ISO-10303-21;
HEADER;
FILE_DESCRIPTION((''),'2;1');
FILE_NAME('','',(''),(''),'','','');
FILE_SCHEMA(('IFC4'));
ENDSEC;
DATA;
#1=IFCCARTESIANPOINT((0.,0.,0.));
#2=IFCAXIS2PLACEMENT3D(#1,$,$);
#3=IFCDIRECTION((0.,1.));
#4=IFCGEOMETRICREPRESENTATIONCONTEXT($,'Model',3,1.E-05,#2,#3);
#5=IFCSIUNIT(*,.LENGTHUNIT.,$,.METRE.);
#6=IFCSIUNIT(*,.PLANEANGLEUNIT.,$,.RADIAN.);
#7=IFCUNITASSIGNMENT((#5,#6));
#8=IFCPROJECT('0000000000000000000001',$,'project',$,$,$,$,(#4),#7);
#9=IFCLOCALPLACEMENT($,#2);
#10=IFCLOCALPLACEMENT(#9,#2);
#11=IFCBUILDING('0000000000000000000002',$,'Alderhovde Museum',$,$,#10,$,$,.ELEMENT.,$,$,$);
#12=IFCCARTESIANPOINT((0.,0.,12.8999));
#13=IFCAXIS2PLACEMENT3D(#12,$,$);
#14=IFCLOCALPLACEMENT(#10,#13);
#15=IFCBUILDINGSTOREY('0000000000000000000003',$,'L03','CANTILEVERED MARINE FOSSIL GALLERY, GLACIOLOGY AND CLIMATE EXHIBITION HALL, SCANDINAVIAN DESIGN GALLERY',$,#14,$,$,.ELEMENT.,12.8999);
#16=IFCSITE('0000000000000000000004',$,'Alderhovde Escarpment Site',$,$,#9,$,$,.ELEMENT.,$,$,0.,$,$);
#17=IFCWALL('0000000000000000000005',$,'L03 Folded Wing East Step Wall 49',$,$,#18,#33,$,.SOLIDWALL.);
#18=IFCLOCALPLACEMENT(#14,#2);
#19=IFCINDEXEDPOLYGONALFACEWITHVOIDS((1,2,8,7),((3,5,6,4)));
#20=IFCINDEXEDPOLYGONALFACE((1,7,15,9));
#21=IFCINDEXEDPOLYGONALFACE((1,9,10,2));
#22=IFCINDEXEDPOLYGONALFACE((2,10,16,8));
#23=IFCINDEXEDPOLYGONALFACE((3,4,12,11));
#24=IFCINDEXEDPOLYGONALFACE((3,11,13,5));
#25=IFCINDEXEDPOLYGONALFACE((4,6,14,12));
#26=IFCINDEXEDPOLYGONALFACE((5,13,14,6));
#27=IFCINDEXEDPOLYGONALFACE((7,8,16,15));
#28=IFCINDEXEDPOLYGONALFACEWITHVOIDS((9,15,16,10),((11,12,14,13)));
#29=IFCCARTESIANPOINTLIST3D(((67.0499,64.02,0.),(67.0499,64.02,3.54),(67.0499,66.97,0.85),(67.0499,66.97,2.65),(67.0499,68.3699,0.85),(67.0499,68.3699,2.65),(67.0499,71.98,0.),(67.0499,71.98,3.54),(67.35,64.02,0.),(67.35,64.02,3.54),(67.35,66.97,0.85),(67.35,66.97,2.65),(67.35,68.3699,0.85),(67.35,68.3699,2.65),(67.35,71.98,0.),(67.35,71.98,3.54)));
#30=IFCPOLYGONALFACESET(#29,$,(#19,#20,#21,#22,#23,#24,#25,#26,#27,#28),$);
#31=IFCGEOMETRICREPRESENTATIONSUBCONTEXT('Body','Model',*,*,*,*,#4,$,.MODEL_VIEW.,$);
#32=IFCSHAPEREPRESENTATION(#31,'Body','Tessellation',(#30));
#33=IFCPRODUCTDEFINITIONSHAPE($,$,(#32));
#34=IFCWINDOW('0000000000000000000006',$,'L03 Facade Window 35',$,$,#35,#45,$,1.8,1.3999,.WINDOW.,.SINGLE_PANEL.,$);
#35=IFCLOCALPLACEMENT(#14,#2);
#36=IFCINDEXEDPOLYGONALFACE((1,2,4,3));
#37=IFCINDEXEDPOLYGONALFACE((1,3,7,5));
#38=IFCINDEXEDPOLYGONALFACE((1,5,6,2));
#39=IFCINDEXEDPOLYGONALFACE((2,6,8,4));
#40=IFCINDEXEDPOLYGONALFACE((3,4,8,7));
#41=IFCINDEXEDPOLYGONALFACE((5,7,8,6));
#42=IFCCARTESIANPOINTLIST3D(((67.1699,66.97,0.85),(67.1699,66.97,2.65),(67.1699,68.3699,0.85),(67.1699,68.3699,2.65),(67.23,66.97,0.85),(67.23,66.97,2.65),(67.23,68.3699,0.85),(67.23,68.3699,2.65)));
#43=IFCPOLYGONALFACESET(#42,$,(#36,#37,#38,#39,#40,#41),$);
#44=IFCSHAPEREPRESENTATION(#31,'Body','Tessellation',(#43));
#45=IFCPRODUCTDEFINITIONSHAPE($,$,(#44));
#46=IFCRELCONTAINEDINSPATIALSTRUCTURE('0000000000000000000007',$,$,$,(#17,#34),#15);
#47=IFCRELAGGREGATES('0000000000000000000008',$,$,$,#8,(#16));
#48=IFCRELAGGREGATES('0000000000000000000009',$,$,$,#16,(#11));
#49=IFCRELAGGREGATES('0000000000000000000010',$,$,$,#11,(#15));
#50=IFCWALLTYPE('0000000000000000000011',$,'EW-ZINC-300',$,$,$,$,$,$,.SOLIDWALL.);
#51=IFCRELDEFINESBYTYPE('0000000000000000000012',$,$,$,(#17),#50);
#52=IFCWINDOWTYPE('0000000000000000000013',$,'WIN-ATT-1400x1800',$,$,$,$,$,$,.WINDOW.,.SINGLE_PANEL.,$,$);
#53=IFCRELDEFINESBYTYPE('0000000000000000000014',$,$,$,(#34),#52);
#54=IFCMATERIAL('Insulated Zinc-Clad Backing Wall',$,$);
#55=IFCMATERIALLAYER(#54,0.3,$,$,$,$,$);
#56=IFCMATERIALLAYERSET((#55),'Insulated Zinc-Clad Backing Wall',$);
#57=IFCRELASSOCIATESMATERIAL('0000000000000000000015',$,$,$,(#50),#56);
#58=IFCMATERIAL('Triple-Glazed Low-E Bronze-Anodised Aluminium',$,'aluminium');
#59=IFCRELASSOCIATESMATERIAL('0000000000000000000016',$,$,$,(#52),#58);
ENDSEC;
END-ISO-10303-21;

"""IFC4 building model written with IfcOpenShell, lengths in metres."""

from ifc_helpers import new_model, si_unit, direction, frame, frame_2d, origin, place, context, subcontext, project, spatial, rectangle, extrude, material, layer, layer_set, type_object, element, fill, save


model = new_model("IFC4")

# Units and contexts
model_context = context("Model", 3, precision=1e-05, world=origin(), true_north=direction((0.0, 1.0)))
body_context = subcontext(model_context, "Body", "Model", "MODEL_VIEW")
ifc_project = project(units=[si_unit("LENGTHUNIT", "METRE"), si_unit("PLANEANGLEUNIT", "RADIAN")], contexts=[model_context])

# Site, building, storey
site_placement = place(None, origin())
site = spatial("IfcSite", under=ifc_project, at=site_placement, Name="Alderhovde Escarpment Site", CompositionType="ELEMENT", RefElevation=0.0)
building_placement = place(site_placement, origin())
building = spatial("IfcBuilding", under=site, at=building_placement, Name="Alderhovde Museum", CompositionType="ELEMENT")
storey_placement = place(building_placement, frame((0.0, 0.0, 12.8999)))
storey = spatial("IfcBuildingStorey", under=building, at=storey_placement, Name="L03", Description="CANTILEVERED MARINE FOSSIL GALLERY, GLACIOLOGY AND CLIMATE EXHIBITION HALL, SCANDINAVIAN DESIGN GALLERY", CompositionType="ELEMENT", Elevation=12.8999)

# Wall, opening, window
ifc_material_1 = material(Name="Insulated Zinc-Clad Backing Wall")
ifc_layer = layer(ifc_material_1, 0.3)
ifc_layer_set = layer_set([ifc_layer], Name="Insulated Zinc-Clad Backing Wall")
wall_type = type_object("IfcWallType", Name="EW-ZINC-300", PredefinedType="SOLIDWALL", material=ifc_layer_set)
ifc_material_2 = material(Name="Triple-Glazed Low-E Bronze-Anodised Aluminium", Category="aluminium")
window_type = type_object("IfcWindowType", Name="WIN-ATT-1400x1800", PartitioningType="SINGLE_PANEL", PredefinedType="WINDOW", material=ifc_material_2)
wall_1_placement = place(storey_placement, frame((67.2, 64.02, 0.0), z_axis=(0.0, 0.0, 1.0), x_axis=(0.0, 1.0, 0.0)))
wall_1 = element("IfcWall", 1, at=wall_1_placement, inside=storey, type_object=wall_type, Name="L03 Folded Wing East Step Wall 49", PredefinedType="SOLIDWALL", context=body_context, shape_type="SweptSolid", body=[
    extrude(rectangle(XDim=7.96, YDim=0.3, at=frame_2d((3.98, 0.0))), origin(), (0.0, 0.0, 1.0), 3.54),
])
opening_1_placement = place(wall_1_placement, frame((2.95, 0.0, 0.8501)))
opening_1 = element("IfcOpeningElement", 2, at=opening_1_placement, cuts=wall_1, PredefinedType="OPENING", context=body_context, shape_type="SweptSolid", body=[
    extrude(rectangle(XDim=1.3999, YDim=1.8, at=frame_2d((0.7, 0.8999))), frame((0.0, 0.1599, 0.0), z_axis=(0.0, -1.0, 0.0), x_axis=(1.0, 0.0, 0.0)), (0.0, 0.0, 1.0), 0.3201),
])
window_1_placement = place(opening_1_placement, origin())
window_1 = element("IfcWindow", 3, at=window_1_placement, inside=storey, type_object=window_type, Name="L03 Facade Window 35", OverallHeight=1.8, OverallWidth=1.3999, PartitioningType="SINGLE_PANEL", PredefinedType="WINDOW", context=body_context, shape_type="SweptSolid", body=[
    extrude(rectangle(XDim=1.3999, YDim=1.8, at=frame_2d((0.7, 0.8999))), frame((0.0, 0.03, 0.0), z_axis=(0.0, -1.0, 0.0), x_axis=(1.0, 0.0, 0.0)), (0.0, 0.0, 1.0), 0.0601),
])
fill(opening_1, window_1)

save(model, "model.ifc")
